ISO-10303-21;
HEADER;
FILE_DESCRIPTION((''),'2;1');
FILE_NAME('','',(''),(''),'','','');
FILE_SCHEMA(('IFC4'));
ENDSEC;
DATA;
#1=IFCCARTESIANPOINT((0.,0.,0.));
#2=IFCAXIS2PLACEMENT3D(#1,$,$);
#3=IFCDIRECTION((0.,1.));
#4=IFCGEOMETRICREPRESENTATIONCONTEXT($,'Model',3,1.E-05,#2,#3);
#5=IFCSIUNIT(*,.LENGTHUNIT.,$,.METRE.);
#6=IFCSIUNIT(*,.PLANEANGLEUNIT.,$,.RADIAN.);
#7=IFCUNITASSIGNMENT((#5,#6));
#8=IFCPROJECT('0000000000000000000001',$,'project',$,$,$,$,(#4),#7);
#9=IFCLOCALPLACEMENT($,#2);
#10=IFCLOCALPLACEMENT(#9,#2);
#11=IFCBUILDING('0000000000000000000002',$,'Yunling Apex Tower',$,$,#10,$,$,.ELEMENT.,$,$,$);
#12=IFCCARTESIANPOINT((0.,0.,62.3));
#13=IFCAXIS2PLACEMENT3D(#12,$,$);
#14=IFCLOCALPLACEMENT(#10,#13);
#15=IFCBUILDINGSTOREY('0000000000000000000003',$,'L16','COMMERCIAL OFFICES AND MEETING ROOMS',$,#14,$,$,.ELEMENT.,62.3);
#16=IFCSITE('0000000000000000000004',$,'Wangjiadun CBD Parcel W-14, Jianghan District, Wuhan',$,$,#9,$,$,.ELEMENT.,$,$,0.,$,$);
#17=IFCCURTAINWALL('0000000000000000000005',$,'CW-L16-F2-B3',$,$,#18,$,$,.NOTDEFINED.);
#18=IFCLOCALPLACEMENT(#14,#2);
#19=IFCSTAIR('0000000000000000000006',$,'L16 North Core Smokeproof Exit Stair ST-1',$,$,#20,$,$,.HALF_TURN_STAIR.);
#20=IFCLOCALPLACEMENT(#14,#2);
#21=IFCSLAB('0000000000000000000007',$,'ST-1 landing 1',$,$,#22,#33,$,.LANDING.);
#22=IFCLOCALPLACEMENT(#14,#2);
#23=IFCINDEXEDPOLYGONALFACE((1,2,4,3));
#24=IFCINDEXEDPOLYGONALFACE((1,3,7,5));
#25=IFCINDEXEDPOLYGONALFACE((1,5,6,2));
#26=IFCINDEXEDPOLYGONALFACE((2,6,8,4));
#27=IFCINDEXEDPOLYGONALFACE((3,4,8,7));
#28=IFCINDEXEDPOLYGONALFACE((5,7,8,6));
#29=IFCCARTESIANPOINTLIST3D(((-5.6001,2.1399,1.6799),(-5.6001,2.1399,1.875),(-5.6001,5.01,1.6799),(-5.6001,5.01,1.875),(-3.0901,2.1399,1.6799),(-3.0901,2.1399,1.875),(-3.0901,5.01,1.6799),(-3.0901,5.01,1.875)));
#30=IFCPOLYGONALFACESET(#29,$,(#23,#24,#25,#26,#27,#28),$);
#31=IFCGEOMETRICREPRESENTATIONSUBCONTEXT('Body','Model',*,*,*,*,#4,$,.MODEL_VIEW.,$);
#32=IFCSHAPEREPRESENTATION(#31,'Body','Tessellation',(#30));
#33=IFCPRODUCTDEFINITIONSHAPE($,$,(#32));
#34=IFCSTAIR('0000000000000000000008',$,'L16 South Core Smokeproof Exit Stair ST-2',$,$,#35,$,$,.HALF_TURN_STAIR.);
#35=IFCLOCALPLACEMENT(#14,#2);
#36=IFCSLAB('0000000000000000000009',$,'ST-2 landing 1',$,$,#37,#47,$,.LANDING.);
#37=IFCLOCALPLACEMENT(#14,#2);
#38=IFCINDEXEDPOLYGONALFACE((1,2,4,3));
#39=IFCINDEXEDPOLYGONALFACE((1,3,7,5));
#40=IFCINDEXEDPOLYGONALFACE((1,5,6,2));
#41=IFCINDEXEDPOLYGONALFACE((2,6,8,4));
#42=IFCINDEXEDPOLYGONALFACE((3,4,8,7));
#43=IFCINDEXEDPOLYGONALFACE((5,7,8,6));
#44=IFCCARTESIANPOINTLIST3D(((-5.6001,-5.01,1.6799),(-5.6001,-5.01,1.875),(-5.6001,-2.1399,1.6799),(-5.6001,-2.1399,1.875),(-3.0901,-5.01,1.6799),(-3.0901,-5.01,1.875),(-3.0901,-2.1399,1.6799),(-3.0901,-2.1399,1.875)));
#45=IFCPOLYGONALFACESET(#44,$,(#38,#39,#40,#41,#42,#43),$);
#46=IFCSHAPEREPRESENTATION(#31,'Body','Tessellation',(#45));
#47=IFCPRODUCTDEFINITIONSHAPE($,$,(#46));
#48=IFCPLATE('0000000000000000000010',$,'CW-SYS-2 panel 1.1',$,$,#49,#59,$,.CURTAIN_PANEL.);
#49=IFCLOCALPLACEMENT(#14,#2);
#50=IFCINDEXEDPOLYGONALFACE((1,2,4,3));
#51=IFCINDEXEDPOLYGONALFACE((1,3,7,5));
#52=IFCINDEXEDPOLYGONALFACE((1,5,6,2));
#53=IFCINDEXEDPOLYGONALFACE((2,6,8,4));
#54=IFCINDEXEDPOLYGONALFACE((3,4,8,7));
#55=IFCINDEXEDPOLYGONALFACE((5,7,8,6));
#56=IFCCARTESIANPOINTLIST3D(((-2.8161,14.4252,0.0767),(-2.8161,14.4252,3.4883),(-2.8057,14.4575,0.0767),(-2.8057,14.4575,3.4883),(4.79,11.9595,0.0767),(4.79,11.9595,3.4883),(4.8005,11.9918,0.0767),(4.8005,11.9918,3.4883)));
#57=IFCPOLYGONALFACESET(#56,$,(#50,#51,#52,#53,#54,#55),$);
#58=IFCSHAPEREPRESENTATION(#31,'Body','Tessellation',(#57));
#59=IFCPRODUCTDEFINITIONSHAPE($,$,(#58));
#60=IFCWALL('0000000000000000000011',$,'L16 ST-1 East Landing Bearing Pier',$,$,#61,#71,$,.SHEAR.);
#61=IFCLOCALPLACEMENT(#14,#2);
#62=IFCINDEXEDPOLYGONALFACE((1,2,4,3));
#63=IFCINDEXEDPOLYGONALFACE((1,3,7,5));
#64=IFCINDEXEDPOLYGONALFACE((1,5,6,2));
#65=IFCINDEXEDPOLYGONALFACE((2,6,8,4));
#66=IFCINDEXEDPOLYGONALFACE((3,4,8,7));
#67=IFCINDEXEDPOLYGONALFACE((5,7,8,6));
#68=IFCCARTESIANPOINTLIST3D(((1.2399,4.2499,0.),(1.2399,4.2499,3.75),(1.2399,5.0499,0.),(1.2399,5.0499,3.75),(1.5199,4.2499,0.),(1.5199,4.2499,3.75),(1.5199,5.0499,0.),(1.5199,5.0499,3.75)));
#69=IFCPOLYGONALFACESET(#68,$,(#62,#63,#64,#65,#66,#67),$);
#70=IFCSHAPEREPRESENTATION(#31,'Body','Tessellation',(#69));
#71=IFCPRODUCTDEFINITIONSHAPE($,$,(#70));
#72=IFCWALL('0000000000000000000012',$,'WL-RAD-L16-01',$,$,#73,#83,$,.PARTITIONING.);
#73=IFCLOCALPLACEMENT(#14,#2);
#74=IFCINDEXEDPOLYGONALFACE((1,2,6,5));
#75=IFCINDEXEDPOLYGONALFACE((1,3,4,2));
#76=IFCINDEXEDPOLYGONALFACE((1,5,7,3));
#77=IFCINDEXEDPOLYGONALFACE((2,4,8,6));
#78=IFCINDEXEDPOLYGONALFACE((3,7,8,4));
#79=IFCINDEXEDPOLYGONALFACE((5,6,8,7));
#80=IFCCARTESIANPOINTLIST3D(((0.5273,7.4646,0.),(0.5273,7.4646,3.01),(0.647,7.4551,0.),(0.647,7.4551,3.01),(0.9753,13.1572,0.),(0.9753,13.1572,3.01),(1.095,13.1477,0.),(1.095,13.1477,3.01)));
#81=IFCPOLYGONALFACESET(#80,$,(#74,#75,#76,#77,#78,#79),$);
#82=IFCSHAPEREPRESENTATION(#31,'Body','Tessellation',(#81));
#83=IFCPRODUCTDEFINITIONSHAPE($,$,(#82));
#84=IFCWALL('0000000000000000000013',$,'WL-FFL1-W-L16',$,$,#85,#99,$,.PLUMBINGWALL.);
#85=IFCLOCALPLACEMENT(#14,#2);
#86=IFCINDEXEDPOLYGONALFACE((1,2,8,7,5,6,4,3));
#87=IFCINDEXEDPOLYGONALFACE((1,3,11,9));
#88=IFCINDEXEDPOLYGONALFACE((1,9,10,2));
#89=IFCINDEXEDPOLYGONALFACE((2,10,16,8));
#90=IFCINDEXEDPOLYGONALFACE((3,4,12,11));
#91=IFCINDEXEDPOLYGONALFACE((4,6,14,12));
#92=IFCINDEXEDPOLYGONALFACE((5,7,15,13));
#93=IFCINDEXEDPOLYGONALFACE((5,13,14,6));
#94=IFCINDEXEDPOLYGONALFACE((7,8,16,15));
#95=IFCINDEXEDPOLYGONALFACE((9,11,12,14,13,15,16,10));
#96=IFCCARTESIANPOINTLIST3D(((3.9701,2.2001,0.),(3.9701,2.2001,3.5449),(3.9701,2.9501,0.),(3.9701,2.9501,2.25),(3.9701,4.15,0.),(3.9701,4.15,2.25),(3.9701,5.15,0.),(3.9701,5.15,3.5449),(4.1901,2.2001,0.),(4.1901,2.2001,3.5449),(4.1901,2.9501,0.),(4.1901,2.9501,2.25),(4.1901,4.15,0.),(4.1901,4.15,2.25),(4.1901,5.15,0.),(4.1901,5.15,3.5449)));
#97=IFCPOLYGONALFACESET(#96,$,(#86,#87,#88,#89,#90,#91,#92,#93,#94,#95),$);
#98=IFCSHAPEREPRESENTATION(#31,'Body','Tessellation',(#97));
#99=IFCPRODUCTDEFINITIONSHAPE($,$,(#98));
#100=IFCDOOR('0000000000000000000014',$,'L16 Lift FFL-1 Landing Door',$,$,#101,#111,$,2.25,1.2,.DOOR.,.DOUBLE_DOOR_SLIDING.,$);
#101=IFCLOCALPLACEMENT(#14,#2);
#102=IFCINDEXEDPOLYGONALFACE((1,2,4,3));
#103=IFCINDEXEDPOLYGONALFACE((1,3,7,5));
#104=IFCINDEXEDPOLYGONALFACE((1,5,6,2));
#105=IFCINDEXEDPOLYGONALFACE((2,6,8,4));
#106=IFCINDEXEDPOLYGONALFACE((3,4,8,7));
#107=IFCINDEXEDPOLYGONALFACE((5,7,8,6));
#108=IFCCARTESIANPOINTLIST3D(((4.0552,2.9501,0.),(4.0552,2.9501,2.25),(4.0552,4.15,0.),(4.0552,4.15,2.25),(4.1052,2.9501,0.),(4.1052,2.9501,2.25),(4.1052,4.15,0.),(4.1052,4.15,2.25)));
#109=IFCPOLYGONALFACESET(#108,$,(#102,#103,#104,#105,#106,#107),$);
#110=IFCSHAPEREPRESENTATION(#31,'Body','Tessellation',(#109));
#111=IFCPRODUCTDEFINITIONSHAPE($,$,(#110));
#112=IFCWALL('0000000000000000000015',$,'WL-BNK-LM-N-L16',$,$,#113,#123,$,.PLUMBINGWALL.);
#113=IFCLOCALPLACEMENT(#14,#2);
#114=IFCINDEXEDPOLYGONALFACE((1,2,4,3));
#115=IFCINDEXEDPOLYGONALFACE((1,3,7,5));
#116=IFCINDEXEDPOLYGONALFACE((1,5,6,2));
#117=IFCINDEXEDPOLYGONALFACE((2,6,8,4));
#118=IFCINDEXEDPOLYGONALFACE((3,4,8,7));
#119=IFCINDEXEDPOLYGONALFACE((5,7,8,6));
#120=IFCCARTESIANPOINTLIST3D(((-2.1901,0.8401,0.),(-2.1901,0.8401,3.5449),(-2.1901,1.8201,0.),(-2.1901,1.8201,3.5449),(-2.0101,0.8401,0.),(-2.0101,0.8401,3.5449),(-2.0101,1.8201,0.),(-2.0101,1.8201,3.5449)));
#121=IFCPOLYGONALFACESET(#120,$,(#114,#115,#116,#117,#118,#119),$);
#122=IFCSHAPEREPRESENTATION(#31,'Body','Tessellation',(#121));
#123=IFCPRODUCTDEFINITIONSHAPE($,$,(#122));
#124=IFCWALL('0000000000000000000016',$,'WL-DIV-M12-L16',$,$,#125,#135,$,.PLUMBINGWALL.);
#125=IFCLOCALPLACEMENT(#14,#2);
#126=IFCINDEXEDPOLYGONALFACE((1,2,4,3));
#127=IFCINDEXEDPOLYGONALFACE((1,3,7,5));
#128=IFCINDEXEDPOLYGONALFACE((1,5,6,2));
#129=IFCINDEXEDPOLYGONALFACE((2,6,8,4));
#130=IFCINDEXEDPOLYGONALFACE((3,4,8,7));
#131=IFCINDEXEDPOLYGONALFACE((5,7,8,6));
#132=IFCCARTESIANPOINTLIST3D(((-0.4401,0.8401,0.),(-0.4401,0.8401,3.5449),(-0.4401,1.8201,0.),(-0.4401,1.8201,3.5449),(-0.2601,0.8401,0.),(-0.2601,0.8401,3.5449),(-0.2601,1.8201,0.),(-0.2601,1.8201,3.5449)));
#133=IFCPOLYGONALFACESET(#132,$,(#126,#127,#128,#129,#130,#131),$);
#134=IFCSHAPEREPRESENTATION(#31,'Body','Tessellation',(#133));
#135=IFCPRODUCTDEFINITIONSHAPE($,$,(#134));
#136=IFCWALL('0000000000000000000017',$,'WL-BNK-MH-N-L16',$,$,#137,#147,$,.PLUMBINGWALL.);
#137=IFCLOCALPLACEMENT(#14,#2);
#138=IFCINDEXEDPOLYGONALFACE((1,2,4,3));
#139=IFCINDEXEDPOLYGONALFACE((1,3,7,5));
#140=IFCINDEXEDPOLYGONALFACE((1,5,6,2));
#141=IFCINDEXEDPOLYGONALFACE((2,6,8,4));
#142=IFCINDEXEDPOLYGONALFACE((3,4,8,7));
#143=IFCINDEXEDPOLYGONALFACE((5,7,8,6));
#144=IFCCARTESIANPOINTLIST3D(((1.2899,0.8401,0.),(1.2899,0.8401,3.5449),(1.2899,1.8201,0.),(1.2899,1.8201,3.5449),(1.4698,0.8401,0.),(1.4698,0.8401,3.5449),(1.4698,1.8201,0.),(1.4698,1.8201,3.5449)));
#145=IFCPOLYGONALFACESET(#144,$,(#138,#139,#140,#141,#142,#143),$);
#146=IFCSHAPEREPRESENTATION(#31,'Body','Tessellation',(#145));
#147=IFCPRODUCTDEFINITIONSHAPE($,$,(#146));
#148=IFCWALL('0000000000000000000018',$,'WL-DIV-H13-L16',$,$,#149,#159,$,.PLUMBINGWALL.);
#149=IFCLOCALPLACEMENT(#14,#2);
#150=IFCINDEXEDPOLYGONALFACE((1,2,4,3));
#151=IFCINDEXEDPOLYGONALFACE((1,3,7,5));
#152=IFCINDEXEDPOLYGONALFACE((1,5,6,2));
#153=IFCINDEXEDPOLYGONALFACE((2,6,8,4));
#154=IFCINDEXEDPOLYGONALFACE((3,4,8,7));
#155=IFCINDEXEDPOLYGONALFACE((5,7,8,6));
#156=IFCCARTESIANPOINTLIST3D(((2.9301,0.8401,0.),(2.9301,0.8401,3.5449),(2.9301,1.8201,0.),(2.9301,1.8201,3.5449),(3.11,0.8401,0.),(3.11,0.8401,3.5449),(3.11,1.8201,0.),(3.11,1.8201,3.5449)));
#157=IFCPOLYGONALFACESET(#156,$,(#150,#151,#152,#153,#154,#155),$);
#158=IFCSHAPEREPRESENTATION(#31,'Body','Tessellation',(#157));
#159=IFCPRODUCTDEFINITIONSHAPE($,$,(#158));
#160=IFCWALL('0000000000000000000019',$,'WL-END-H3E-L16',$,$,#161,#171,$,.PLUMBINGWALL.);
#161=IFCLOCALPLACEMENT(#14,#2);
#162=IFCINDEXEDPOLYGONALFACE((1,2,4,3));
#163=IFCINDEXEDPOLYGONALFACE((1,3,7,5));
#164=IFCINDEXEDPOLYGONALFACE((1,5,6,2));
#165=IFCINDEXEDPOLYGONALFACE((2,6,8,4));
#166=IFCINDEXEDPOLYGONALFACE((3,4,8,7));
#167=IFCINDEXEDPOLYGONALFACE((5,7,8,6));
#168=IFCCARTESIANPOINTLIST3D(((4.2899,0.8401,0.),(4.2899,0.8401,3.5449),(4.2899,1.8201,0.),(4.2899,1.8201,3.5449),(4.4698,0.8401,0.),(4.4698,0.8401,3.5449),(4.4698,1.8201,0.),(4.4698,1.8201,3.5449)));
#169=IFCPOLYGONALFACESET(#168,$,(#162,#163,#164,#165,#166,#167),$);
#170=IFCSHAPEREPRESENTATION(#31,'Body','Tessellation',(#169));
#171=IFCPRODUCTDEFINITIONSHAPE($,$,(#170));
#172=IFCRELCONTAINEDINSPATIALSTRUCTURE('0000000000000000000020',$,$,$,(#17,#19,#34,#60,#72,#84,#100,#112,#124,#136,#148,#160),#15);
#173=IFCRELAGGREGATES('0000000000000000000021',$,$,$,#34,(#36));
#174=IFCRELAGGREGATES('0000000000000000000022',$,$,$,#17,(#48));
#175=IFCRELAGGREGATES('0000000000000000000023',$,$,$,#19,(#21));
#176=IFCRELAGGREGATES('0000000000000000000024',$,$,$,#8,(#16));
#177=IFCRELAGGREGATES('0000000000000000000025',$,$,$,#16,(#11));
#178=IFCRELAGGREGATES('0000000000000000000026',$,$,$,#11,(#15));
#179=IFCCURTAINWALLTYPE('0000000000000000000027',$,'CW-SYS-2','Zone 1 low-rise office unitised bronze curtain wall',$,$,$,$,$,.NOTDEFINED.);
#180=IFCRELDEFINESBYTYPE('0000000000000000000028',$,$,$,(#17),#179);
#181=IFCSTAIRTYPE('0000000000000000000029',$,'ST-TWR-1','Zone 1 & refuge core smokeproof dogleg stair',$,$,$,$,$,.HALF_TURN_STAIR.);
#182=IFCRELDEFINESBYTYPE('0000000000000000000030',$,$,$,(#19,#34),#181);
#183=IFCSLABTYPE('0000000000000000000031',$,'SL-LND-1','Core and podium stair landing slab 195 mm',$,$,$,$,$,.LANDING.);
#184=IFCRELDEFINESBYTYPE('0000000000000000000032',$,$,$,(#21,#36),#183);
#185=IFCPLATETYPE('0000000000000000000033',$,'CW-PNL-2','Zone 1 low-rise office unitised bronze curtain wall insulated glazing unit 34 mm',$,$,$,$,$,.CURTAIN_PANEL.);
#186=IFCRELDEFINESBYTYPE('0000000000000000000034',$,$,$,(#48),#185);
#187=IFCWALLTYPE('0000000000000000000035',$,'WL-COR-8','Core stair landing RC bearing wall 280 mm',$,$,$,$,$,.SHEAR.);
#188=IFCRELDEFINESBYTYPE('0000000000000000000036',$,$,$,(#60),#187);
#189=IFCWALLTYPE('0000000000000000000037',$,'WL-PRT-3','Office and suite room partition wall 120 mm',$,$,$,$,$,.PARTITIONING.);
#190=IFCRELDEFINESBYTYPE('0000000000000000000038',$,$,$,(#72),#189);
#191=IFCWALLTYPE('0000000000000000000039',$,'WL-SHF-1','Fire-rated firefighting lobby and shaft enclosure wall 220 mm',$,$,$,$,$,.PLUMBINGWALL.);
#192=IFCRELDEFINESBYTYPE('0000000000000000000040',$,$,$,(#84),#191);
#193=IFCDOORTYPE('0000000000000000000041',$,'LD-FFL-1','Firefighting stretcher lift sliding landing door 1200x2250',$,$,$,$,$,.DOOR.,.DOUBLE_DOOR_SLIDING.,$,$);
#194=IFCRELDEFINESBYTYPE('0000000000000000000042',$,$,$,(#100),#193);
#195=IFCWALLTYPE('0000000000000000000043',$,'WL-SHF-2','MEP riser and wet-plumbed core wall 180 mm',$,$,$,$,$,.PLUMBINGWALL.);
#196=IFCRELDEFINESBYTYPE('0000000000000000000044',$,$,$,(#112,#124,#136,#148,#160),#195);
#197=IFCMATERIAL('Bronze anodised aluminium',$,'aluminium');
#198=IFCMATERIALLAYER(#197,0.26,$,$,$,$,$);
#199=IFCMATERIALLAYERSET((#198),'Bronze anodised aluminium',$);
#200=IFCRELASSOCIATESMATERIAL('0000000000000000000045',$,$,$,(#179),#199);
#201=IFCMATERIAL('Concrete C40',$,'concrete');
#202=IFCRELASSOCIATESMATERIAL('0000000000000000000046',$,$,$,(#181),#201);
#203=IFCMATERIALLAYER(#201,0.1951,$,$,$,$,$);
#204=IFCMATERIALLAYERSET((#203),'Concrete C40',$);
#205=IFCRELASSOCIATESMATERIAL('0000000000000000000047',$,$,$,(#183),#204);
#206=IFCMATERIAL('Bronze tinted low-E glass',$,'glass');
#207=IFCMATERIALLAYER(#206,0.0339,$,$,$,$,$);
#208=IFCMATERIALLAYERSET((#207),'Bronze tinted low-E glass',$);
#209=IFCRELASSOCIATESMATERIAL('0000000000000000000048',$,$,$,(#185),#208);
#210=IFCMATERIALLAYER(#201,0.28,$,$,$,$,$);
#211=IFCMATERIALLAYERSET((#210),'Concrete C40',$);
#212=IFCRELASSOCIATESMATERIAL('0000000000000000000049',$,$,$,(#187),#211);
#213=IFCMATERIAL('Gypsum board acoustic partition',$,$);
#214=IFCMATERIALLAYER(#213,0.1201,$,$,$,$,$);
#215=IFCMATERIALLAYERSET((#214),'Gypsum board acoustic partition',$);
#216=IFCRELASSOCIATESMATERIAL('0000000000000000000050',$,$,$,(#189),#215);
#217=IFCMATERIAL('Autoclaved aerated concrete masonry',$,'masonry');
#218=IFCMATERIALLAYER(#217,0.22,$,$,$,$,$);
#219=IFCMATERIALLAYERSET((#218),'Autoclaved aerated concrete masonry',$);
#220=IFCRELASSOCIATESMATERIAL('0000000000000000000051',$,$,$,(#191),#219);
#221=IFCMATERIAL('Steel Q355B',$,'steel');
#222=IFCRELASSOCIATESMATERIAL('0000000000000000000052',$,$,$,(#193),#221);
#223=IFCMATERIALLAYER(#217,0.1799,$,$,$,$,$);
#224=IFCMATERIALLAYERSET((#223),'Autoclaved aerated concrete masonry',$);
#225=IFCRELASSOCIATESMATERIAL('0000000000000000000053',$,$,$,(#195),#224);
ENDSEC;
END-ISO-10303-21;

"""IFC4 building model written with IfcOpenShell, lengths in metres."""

from ifc_helpers import new_model, si_unit, direction, frame, frame_2d, origin, origin_2d, place, context, subcontext, project, spatial, polyline, rectangle, outline, extrude, source, transform, mapped, material, layer, layer_set, type_object, element, fill, aggregate, save


model = new_model("IFC4")

# Units and contexts
model_context = context("Model", 3, precision=1e-05, world=origin(), true_north=direction((0.0, 1.0)))
body_context = subcontext(model_context, "Body", "Model", "MODEL_VIEW")
ifc_project = project(units=[si_unit("LENGTHUNIT", "METRE"), si_unit("PLANEANGLEUNIT", "RADIAN")], contexts=[model_context])

# Site, building, storey
site_placement = place(None, origin())
site = spatial("IfcSite", under=ifc_project, at=site_placement, Name="Wangjiadun CBD Parcel W-14, Jianghan District, Wuhan", CompositionType="ELEMENT", RefElevation=0.0)
building_placement = place(site_placement, origin())
building = spatial("IfcBuilding", under=site, at=building_placement, Name="Yunling Apex Tower", CompositionType="ELEMENT")
storey_placement = place(building_placement, frame((0.0, 0.0, 62.3)))
storey = spatial("IfcBuildingStorey", under=building, at=storey_placement, Name="L16", Description="COMMERCIAL OFFICES AND MEETING ROOMS", CompositionType="ELEMENT", Elevation=62.3)

# Shared definitions
ifc_material_1 = material(Name="Steel Q355B", Category="steel")

# Shared definitions
ifc_material_2 = material(Name="Bronze anodised aluminium", Category="aluminium")
ifc_layer_1 = layer(ifc_material_2, 0.26)
ifc_layer_set_1 = layer_set([ifc_layer_1], Name="Bronze anodised aluminium")
curtain_wall_type = type_object("IfcCurtainWallType", Name="CW-SYS-2", Description="Zone 1 low-rise office unitised bronze curtain wall", PredefinedType="NOTDEFINED", material=ifc_layer_set_1)

# Curtain wall
curtain_wall_1_placement = place(storey_placement, origin())
curtain_wall_1 = element("IfcCurtainWall", 1, at=curtain_wall_1_placement, inside=storey, type_object=curtain_wall_type, Name="CW-L16-F2-B3", PredefinedType="NOTDEFINED")

# Shared definitions
ifc_material_3 = material(Name="Concrete C40", Category="concrete")

# Stairs, slabs
stair_type = type_object("IfcStairType", Name="ST-TWR-1", Description="Zone 1 & refuge core smokeproof dogleg stair", PredefinedType="HALF_TURN_STAIR", material=ifc_material_3)
stair_1_placement = place(storey_placement, origin())
stair_1 = element("IfcStair", 2, at=stair_1_placement, inside=storey, type_object=stair_type, Name="L16 North Core Smokeproof Exit Stair ST-1", PredefinedType="HALF_TURN_STAIR")
ifc_layer_2 = layer(ifc_material_3, 0.1951)
ifc_layer_set_2 = layer_set([ifc_layer_2], Name="Concrete C40")
slab_type_1 = type_object("IfcSlabType", Name="SL-LND-1", Description="Core and podium stair landing slab 195 mm", PredefinedType="LANDING", material=ifc_layer_set_2)
slab_1_placement = place(storey_placement, frame((0.0, 0.0, 1.6799)))
slab_1 = element("IfcSlab", 3, at=slab_1_placement, type_object=slab_type_1, Name="ST-1 landing 1", PredefinedType="LANDING", context=body_context, shape_type="SweptSolid", body=[
    extrude(outline(polyline([(-3.0901, 5.01), (-5.6001, 5.01), (-5.6001, 2.1399), (-3.0901, 2.1399), (-3.0901, 5.01)])), origin(), (0.0, 0.0, 1.0), 0.1951),
])
stair_2_placement = place(storey_placement, origin())
stair_2 = element("IfcStair", 4, at=stair_2_placement, inside=storey, type_object=stair_type, Name="L16 South Core Smokeproof Exit Stair ST-2", PredefinedType="HALF_TURN_STAIR")
slab_2_placement = place(storey_placement, frame((0.0, 0.0, 1.6799)))
slab_2 = element("IfcSlab", 5, at=slab_2_placement, type_object=slab_type_1, Name="ST-2 landing 1", PredefinedType="LANDING", context=body_context, shape_type="SweptSolid", body=[
    extrude(outline(polyline([(-3.0901, -2.1399), (-5.6001, -2.1399), (-5.6001, -5.01), (-3.0901, -5.01), (-3.0901, -2.1399)])), origin(), (0.0, 0.0, 1.0), 0.1951),
])
aggregate(stair_2, [slab_2])

# Plate
ifc_material_4 = material(Name="Bronze tinted low-E glass", Category="glass")
ifc_layer_3 = layer(ifc_material_4, 0.0339)
ifc_layer_set_3 = layer_set([ifc_layer_3], Name="Bronze tinted low-E glass")
plate_type = type_object("IfcPlateType", Name="CW-PNL-2", Description="Zone 1 low-rise office unitised bronze curtain wall insulated glazing unit 34 mm", PredefinedType="CURTAIN_PANEL", material=ifc_layer_set_3)
shared_shape_1 = source(origin(), body_context, "Body", "SweptSolid", [
    extrude(rectangle(XDim=7.9958, YDim=0.0339, at=origin_2d()), origin(), (0.0, 0.0, 1.0), 3.4116),
])
plate_placement = place(storey_placement, frame((0.9922, 13.2085, 0.0767), z_axis=(0.0, 0.0, 1.0), x_axis=(-0.951267, 0.308368, 0.0)))
plate = element("IfcPlate", 6, at=plate_placement, type_object=plate_type, Name="CW-SYS-2 panel 1.1", PredefinedType="CURTAIN_PANEL", context=body_context, shape_type="MappedRepresentation", body=[
    mapped(shared_shape_1, transform((0.0, 0.0, 0.0), scale=1.0)),
])
aggregate(curtain_wall_1, [plate])

# Walls
ifc_layer_4 = layer(ifc_material_3, 0.28)
ifc_layer_set_4 = layer_set([ifc_layer_4], Name="Concrete C40")
wall_type_1 = type_object("IfcWallType", Name="WL-COR-8", Description="Core stair landing RC bearing wall 280 mm", PredefinedType="SHEAR", material=ifc_layer_set_4)
wall_1_placement = place(storey_placement, frame((1.3799, 4.25, 0.0), z_axis=(0.0, 0.0, 1.0), x_axis=(0.0, 1.0, 0.0)))
element("IfcWall", 7, at=wall_1_placement, inside=storey, type_object=wall_type_1, Name="L16 ST-1 East Landing Bearing Pier", PredefinedType="SHEAR", context=body_context, shape_type="SweptSolid", body=[
    extrude(rectangle(XDim=0.8, YDim=0.28, at=frame_2d((0.3999, 0.0))), origin(), (0.0, 0.0, 1.0), 3.75),
])
ifc_material_5 = material(Name="Gypsum board acoustic partition")
ifc_layer_5 = layer(ifc_material_5, 0.1201)
ifc_layer_set_5 = layer_set([ifc_layer_5], Name="Gypsum board acoustic partition")
wall_type_2 = type_object("IfcWallType", Name="WL-PRT-3", Description="Office and suite room partition wall 120 mm", PredefinedType="PARTITIONING", material=ifc_layer_set_5)
wall_2_placement = place(storey_placement, frame((0.5872, 7.46, 0.0), z_axis=(0.0, 0.0, 1.0), x_axis=(0.078455, 0.996918, 0.0)))
element("IfcWall", 8, at=wall_2_placement, inside=storey, type_object=wall_type_2, Name="WL-RAD-L16-01", PredefinedType="PARTITIONING", context=body_context, shape_type="SweptSolid", body=[
    extrude(rectangle(XDim=5.7102, YDim=0.1201, at=frame_2d((2.855, 0.0))), origin(), (0.0, 0.0, 1.0), 3.01),
])

# Wall, opening, door
ifc_material_6 = material(Name="Autoclaved aerated concrete masonry", Category="masonry")
ifc_layer_6 = layer(ifc_material_6, 0.22)
ifc_layer_set_6 = layer_set([ifc_layer_6], Name="Autoclaved aerated concrete masonry")
wall_type_3 = type_object("IfcWallType", Name="WL-SHF-1", Description="Fire-rated firefighting lobby and shaft enclosure wall 220 mm", PredefinedType="PLUMBINGWALL", material=ifc_layer_set_6)
wall_3_placement = place(storey_placement, frame((4.0801, 2.2, 0.0), z_axis=(0.0, 0.0, 1.0), x_axis=(0.0, 1.0, 0.0)))
wall_3 = element("IfcWall", 9, at=wall_3_placement, inside=storey, type_object=wall_type_3, Name="WL-FFL1-W-L16", PredefinedType="PLUMBINGWALL", context=body_context, shape_type="SweptSolid", body=[
    extrude(rectangle(XDim=2.95, YDim=0.22, at=frame_2d((1.4751, 0.0))), origin(), (0.0, 0.0, 1.0), 3.5449),
])
opening_1_placement = place(wall_3_placement, frame((0.75, 0.0, 0.0)))
opening_1 = element("IfcOpeningElement", 10, at=opening_1_placement, cuts=wall_3, PredefinedType="OPENING", context=body_context, shape_type="SweptSolid", body=[
    extrude(rectangle(XDim=1.2, YDim=2.25, at=frame_2d((0.6001, 1.125))), frame((0.0, 0.1201, 0.0), z_axis=(0.0, -1.0, 0.0), x_axis=(1.0, 0.0, 0.0)), (0.0, 0.0, 1.0), 0.24),
])
door_type_1 = type_object("IfcDoorType", Name="LD-FFL-1", Description="Firefighting stretcher lift sliding landing door 1200x2250", OperationType="DOUBLE_DOOR_SLIDING", PredefinedType="DOOR", material=ifc_material_1)
door_1_placement = place(opening_1_placement, origin())
door_1 = element("IfcDoor", 11, at=door_1_placement, inside=storey, type_object=door_type_1, Name="L16 Lift FFL-1 Landing Door", OperationType="DOUBLE_DOOR_SLIDING", OverallHeight=2.25, OverallWidth=1.2, PredefinedType="DOOR", context=body_context, shape_type="SweptSolid", body=[
    extrude(rectangle(XDim=1.2, YDim=2.25, at=frame_2d((0.6001, 1.125))), frame((0.0, 0.0249, 0.0), z_axis=(0.0, -1.0, 0.0), x_axis=(1.0, 0.0, 0.0)), (0.0, 0.0, 1.0), 0.05),
])
fill(opening_1, door_1)

# Walls
ifc_layer_7 = layer(ifc_material_6, 0.1799)
ifc_layer_set_7 = layer_set([ifc_layer_7], Name="Autoclaved aerated concrete masonry")
wall_type_4 = type_object("IfcWallType", Name="WL-SHF-2", Description="MEP riser and wet-plumbed core wall 180 mm", PredefinedType="PLUMBINGWALL", material=ifc_layer_set_7)
for number, where, z_axis, x_axis, name in (
    (12, (-2.1001, 0.8401, 0.0), (0.0, 0.0, 1.0), (0.0, 1.0, 0.0), "WL-BNK-LM-N-L16"),
    (13, (-0.3501, 0.8401, 0.0), (0.0, 0.0, 1.0), (0.0, 1.0, 0.0), "WL-DIV-M12-L16"),
    (14, (1.3799, 0.8401, 0.0), (0.0, 0.0, 1.0), (0.0, 1.0, 0.0), "WL-BNK-MH-N-L16"),
    (15, (3.02, 0.8401, 0.0), (0.0, 0.0, 1.0), (0.0, 1.0, 0.0), "WL-DIV-H13-L16"),
    (16, (4.3799, 0.8401, 0.0), (0.0, 0.0, 1.0), (0.0, 1.0, 0.0), "WL-END-H3E-L16"),
):
    element("IfcWall", number, at=place(storey_placement, frame(where, z_axis=z_axis, x_axis=x_axis)), inside=storey, type_object=wall_type_4, Name=name, PredefinedType="PLUMBINGWALL", context=body_context, shape_type="SweptSolid", body=[
        extrude(rectangle(XDim=0.98, YDim=0.1799, at=frame_2d((0.49, 0.0))), origin(), (0.0, 0.0, 1.0), 3.5449),
    ])

aggregate(stair_1, [slab_1])

save(model, "model.ifc")
